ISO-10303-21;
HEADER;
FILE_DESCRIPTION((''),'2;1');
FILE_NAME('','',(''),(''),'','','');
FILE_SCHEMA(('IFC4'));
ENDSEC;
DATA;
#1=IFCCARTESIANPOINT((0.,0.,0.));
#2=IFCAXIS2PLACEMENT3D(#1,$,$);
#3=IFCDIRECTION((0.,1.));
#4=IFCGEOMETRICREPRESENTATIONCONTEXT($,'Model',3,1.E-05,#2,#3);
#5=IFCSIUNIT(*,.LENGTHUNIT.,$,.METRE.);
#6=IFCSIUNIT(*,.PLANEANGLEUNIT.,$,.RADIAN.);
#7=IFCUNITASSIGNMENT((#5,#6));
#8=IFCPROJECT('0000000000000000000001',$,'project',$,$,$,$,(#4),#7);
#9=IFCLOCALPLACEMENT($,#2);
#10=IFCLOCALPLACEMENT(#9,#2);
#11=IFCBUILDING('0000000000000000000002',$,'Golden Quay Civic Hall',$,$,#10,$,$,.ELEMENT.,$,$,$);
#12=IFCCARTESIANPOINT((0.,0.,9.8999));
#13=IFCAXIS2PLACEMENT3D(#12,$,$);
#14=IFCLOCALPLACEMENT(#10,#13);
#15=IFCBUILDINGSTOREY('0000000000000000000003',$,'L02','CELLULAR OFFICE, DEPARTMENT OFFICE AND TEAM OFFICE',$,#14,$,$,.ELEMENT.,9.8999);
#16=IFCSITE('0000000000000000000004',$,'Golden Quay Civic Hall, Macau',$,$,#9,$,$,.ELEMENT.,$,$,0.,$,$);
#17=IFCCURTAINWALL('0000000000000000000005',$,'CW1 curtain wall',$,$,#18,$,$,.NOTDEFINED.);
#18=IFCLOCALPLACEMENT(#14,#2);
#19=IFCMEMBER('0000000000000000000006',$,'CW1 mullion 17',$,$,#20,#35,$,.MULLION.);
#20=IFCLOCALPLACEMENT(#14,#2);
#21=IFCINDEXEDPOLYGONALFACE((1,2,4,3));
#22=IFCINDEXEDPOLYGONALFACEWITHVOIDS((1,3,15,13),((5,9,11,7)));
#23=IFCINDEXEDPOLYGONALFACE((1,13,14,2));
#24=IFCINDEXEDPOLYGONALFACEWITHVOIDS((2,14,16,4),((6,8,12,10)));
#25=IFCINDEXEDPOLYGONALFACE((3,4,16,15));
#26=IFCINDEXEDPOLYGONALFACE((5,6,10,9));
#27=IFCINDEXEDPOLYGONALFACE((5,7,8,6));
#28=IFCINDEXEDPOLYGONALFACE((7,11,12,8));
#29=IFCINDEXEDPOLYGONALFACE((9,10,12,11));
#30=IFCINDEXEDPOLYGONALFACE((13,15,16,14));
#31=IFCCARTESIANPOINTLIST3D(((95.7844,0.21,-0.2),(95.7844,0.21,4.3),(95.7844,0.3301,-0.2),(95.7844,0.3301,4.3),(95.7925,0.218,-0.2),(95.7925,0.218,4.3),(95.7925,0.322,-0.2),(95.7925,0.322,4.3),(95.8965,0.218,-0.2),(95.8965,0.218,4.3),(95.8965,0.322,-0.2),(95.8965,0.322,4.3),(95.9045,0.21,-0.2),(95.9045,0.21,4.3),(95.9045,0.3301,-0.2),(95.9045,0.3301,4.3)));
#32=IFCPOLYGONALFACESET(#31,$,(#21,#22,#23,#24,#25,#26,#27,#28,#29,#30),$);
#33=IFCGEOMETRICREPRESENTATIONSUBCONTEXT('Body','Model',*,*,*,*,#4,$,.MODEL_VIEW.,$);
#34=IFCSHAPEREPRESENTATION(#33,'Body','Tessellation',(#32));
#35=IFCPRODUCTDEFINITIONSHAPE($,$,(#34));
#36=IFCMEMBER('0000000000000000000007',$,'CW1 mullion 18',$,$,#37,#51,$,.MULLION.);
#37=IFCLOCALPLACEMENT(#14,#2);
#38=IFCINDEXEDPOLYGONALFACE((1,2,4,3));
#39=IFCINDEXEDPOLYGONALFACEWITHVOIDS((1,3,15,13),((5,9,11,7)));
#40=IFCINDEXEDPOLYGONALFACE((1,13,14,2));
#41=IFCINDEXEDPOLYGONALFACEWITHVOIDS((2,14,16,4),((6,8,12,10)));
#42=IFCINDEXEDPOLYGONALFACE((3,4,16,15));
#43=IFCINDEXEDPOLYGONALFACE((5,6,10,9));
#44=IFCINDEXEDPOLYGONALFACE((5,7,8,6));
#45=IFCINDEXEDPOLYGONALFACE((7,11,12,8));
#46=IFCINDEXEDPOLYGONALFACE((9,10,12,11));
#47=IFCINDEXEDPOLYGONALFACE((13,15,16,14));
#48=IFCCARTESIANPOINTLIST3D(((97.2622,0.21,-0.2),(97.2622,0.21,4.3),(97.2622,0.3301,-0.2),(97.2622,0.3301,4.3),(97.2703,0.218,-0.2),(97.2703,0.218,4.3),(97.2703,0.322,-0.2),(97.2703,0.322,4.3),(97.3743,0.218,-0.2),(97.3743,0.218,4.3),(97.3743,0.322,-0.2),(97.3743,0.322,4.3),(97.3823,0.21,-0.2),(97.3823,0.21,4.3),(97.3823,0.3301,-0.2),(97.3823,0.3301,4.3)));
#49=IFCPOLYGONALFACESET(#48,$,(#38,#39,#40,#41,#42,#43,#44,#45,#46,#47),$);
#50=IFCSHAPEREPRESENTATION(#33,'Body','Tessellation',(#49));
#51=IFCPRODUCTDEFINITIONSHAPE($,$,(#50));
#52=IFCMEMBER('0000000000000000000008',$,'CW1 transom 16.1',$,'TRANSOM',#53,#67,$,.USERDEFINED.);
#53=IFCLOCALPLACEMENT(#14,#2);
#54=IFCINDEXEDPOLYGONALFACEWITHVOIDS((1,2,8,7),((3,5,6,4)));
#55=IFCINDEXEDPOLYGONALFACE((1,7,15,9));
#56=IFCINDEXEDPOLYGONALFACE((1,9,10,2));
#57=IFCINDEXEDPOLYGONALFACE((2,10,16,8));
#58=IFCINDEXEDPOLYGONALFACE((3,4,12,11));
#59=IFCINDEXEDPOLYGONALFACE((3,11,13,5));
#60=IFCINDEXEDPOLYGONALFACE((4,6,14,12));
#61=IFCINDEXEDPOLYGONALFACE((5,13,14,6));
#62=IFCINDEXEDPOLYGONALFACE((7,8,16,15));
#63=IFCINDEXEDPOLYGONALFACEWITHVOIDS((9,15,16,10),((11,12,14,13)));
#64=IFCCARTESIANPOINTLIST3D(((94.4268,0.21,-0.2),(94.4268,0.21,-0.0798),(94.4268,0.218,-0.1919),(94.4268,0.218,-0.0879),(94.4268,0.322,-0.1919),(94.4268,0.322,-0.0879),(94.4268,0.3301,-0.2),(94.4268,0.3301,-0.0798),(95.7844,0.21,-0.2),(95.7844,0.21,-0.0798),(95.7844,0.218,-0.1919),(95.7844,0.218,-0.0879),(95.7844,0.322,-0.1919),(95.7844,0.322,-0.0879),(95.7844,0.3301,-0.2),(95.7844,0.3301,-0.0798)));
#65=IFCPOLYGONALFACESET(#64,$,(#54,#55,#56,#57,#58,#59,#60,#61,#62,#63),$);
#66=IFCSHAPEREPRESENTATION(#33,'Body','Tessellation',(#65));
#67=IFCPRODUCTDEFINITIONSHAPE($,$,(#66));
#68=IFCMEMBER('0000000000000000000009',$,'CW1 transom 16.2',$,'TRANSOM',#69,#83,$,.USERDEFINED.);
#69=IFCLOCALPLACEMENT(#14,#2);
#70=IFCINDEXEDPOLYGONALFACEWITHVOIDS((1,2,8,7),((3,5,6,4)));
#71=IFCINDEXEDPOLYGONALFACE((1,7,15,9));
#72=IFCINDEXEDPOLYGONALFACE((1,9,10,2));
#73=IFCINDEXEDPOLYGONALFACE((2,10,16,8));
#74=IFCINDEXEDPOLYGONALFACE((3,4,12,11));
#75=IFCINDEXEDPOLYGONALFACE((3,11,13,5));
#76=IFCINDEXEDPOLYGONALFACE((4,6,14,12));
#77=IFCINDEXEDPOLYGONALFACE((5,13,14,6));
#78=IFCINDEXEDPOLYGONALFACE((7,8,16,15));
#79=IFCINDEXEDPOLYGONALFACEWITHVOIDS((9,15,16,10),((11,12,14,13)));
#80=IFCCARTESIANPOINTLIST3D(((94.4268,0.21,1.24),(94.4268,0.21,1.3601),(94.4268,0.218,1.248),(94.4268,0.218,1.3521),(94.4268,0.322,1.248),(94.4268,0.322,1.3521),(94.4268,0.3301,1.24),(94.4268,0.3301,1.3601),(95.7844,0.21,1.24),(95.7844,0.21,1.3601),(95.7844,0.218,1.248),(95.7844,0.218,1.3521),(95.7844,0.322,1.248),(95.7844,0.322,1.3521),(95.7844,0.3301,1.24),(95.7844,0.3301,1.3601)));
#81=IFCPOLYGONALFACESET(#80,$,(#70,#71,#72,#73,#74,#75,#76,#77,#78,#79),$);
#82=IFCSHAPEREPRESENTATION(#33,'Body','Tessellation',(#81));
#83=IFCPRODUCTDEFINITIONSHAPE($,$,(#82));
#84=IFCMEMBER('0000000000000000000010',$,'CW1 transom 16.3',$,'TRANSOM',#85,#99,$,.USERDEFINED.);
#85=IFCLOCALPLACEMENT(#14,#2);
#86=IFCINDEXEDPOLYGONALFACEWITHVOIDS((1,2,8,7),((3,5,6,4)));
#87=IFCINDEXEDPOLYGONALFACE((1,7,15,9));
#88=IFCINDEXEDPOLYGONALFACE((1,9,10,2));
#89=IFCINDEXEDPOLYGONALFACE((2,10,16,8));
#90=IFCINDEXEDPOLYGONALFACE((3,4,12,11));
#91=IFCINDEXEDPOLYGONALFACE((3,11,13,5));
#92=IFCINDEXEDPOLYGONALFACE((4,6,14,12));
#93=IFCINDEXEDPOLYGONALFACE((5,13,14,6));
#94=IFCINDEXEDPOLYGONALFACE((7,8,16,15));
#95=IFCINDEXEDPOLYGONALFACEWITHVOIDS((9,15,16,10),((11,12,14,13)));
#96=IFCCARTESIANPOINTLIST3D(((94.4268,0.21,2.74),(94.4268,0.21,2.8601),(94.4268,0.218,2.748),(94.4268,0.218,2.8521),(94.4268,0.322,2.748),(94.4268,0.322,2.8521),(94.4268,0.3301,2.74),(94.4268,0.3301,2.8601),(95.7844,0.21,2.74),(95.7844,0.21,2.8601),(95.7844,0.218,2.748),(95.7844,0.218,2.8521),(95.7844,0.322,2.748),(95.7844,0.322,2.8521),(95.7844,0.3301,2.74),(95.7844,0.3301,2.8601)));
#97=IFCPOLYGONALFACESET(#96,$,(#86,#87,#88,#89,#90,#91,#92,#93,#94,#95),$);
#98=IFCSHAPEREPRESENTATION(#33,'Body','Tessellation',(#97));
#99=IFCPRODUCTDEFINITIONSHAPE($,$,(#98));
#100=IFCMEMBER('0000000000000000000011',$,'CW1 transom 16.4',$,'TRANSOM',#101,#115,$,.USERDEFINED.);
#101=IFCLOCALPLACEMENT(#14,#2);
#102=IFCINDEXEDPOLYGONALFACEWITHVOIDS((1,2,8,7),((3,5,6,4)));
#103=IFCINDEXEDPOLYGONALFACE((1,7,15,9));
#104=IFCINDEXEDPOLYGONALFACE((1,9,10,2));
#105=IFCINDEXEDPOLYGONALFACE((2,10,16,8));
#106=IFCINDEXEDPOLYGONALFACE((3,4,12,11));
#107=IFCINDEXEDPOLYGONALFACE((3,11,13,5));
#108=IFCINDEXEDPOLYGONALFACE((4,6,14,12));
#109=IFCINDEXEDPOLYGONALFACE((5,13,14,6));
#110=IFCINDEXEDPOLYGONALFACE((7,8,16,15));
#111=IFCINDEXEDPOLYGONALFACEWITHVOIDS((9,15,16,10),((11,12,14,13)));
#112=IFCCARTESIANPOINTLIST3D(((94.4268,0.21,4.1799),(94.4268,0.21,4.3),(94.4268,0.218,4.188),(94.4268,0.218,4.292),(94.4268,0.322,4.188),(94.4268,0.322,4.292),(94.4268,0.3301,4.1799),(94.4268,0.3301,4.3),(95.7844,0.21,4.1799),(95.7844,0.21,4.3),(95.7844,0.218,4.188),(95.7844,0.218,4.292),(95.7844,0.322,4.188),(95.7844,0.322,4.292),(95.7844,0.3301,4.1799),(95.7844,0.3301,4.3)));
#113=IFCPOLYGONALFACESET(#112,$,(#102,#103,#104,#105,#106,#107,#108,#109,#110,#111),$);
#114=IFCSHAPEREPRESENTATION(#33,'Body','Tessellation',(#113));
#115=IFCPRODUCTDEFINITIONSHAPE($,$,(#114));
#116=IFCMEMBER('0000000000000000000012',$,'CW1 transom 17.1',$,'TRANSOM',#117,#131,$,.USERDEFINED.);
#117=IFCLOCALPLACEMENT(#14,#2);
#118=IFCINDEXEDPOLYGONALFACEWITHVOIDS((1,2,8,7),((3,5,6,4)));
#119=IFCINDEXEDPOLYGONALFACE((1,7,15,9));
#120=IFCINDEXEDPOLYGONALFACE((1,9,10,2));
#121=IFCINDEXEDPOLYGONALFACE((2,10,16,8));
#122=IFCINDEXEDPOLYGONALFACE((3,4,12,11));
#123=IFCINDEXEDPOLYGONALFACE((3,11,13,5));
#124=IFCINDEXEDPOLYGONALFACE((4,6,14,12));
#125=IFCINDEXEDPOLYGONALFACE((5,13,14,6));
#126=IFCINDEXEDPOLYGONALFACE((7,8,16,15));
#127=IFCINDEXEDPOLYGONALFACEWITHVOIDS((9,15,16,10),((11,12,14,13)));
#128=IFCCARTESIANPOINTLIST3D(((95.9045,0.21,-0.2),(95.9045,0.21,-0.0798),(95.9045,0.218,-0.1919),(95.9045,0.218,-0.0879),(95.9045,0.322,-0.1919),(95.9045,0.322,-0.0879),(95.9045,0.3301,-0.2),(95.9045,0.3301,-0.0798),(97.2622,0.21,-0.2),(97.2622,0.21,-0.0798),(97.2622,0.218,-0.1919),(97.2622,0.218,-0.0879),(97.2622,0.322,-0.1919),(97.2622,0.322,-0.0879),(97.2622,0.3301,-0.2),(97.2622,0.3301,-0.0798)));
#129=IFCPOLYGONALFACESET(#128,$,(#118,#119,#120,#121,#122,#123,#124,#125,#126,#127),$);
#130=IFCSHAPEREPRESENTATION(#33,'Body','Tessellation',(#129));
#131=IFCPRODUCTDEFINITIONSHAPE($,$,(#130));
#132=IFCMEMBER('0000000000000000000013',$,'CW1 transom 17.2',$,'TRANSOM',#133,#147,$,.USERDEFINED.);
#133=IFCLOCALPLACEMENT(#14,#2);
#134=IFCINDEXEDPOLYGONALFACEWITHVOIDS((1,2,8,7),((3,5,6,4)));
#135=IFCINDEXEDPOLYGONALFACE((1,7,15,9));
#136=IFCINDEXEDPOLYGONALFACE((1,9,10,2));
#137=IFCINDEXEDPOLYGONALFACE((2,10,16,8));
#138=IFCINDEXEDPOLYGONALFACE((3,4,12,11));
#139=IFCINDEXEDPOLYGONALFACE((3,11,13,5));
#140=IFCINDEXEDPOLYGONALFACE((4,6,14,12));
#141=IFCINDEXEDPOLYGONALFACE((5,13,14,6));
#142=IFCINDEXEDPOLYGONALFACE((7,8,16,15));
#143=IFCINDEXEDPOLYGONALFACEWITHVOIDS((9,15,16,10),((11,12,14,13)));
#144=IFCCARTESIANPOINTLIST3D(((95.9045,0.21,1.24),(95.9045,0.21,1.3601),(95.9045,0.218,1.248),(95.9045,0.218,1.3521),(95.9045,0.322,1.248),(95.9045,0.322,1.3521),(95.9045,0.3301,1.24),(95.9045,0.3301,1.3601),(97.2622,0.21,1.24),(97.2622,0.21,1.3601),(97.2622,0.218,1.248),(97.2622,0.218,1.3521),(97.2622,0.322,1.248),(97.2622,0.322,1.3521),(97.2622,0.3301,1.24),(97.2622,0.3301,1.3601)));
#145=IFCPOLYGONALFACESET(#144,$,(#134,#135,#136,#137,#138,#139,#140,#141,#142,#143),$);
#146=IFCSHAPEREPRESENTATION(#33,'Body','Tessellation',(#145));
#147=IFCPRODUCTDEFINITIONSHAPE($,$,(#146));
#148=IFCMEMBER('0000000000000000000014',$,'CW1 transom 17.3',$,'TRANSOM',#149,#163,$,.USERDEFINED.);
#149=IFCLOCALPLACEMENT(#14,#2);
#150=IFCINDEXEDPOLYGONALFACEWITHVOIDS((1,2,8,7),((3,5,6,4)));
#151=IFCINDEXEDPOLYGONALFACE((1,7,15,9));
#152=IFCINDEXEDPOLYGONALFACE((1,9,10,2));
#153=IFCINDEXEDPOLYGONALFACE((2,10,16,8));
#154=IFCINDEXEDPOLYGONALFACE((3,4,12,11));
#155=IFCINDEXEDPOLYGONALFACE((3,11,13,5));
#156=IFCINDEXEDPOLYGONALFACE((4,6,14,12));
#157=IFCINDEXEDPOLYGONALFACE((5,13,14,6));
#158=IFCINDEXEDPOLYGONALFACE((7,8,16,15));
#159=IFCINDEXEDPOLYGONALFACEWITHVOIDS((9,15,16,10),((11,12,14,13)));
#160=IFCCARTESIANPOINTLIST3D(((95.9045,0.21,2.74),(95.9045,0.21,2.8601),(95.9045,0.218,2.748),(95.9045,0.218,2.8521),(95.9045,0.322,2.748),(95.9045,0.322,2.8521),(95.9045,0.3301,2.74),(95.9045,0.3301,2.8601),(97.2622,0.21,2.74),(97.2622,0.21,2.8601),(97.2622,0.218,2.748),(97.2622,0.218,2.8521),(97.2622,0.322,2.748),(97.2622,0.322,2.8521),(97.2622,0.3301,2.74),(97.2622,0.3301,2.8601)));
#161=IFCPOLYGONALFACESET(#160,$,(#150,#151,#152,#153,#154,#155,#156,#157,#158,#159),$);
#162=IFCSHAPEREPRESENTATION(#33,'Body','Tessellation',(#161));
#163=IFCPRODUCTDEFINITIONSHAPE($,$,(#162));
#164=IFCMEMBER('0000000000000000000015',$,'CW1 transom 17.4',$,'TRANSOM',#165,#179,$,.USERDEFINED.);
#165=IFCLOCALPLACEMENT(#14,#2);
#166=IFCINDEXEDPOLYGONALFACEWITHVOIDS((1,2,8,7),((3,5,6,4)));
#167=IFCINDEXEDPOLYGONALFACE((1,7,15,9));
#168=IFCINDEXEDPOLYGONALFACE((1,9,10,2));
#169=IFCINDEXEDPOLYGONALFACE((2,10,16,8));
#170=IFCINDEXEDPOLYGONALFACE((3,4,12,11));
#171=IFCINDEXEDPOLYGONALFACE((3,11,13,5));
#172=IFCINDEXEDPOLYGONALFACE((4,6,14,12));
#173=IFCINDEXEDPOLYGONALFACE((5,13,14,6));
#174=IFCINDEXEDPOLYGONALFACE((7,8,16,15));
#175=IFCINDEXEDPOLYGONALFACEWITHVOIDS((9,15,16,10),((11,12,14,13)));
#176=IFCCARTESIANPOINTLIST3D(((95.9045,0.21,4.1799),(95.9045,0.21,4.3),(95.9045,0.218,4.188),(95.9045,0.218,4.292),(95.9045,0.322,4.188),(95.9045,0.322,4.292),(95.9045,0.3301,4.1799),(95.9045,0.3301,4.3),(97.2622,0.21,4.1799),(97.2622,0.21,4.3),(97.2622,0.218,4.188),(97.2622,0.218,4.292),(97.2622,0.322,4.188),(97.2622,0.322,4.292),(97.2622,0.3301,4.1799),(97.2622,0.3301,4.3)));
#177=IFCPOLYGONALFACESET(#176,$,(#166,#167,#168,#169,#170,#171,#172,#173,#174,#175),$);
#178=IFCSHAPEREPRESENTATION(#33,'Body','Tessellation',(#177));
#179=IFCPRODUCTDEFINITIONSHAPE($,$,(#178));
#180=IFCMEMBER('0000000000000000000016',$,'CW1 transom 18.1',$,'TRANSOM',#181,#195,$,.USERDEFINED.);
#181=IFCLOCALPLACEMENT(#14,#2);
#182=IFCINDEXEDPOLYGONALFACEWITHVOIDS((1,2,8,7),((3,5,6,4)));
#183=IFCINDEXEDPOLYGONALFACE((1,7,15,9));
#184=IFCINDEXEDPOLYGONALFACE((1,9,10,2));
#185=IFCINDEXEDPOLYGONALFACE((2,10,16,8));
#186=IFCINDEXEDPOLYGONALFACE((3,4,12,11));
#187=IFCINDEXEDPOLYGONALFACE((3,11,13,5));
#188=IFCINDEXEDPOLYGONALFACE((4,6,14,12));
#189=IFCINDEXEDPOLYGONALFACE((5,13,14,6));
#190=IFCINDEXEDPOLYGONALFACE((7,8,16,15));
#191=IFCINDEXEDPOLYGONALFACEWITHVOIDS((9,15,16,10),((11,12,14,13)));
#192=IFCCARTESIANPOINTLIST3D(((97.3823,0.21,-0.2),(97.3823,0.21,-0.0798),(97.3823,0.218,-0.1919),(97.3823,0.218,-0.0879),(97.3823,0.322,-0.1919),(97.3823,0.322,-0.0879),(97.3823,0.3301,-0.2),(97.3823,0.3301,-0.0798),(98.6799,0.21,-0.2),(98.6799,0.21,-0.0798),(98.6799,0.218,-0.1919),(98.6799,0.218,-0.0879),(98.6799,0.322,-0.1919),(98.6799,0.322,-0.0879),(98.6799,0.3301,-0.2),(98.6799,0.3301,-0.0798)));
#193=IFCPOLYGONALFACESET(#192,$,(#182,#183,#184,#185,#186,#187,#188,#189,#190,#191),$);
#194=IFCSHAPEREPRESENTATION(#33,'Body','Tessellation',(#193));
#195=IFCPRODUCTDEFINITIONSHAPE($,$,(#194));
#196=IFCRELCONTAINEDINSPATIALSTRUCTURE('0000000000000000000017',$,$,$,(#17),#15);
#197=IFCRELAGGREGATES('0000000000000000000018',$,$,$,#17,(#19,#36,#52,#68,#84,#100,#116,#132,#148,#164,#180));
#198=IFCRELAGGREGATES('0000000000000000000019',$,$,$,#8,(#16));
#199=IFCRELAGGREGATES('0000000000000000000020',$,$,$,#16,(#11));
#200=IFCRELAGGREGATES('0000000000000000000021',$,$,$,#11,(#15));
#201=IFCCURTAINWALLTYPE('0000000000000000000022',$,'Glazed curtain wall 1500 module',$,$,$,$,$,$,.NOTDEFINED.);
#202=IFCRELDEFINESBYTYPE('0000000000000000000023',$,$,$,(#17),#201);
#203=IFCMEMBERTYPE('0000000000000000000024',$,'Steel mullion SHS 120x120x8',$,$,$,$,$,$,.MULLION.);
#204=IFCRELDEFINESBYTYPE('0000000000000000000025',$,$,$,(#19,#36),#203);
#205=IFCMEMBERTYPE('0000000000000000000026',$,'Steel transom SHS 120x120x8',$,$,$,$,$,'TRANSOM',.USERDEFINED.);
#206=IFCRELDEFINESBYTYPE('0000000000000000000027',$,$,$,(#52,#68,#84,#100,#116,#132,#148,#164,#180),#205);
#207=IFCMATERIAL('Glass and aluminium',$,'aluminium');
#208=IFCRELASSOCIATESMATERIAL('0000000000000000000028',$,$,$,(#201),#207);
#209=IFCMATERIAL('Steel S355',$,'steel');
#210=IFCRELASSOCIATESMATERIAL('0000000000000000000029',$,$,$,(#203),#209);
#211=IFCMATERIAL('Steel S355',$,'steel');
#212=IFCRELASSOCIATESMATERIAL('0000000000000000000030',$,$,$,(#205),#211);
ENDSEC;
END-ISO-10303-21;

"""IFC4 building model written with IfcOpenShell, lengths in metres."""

from ifc_helpers import new_model, si_unit, direction, frame, origin, origin_2d, place, context, subcontext, project, spatial, hollow_rectangle, extrude, material, material_profile, profile_set, type_object, element, aggregate, save


model = new_model("IFC4")

# Units and contexts
model_context = context("Model", 3, precision=1e-05, world=origin(), true_north=direction((0.0, 1.0)))
body_context = subcontext(model_context, "Body", "Model", "MODEL_VIEW")
ifc_project = project(units=[si_unit("LENGTHUNIT", "METRE"), si_unit("PLANEANGLEUNIT", "RADIAN")], contexts=[model_context])

# Site, building, storey
site_placement = place(None, origin())
site = spatial("IfcSite", under=ifc_project, at=site_placement, Name="Golden Quay Civic Hall, Macau", CompositionType="ELEMENT", RefElevation=0.0)
building_placement = place(site_placement, origin())
building = spatial("IfcBuilding", under=site, at=building_placement, Name="Golden Quay Civic Hall", CompositionType="ELEMENT")
storey_placement = place(building_placement, frame((0.0, 0.0, 9.8999)))
storey = spatial("IfcBuildingStorey", under=building, at=storey_placement, Name="L02", Description="CELLULAR OFFICE, DEPARTMENT OFFICE AND TEAM OFFICE", CompositionType="ELEMENT", Elevation=9.8999)

# Curtain wall, members
ifc_material_1 = material(Name="Glass and aluminium", Category="aluminium")
curtain_wall_type = type_object("IfcCurtainWallType", Name="Glazed curtain wall 1500 module", PredefinedType="NOTDEFINED", material=ifc_material_1)
curtain_wall_placement = place(storey_placement, origin())
curtain_wall = element("IfcCurtainWall", 1, at=curtain_wall_placement, inside=storey, type_object=curtain_wall_type, Name="CW1 curtain wall", PredefinedType="NOTDEFINED")
ifc_material_2 = material(Name="Steel S355", Category="steel")
ifc_material_profile_1 = material_profile(ifc_material_2, hollow_rectangle(XDim=0.1201, YDim=0.1201, WallThickness=0.0081, at=origin_2d()), Name="SHS 120x120x8")
ifc_profile_set_1 = profile_set([ifc_material_profile_1], Name="Steel S355")
member_type_1 = type_object("IfcMemberType", Name="Steel mullion SHS 120x120x8", PredefinedType="MULLION", material=ifc_profile_set_1)
member_1_placement = place(storey_placement, frame((95.8445, 0.27, -0.2), z_axis=(0.0, 0.0, 1.0), x_axis=(0.0, 1.0, 0.0)))
member_1 = element("IfcMember", 2, at=member_1_placement, type_object=member_type_1, Name="CW1 mullion 17", PredefinedType="MULLION", context=body_context, shape_type="SweptSolid", body=[
    extrude(hollow_rectangle(XDim=0.1201, YDim=0.1201, WallThickness=0.0081, at=origin_2d()), origin(), (0.0, 0.0, 1.0), 4.5),
])
member_2_placement = place(storey_placement, frame((97.3223, 0.27, -0.2), z_axis=(0.0, 0.0, 1.0), x_axis=(0.0, 1.0, 0.0)))
member_2 = element("IfcMember", 3, at=member_2_placement, type_object=member_type_1, Name="CW1 mullion 18", PredefinedType="MULLION", context=body_context, shape_type="SweptSolid", body=[
    extrude(hollow_rectangle(XDim=0.1201, YDim=0.1201, WallThickness=0.0081, at=origin_2d()), origin(), (0.0, 0.0, 1.0), 4.5),
])
ifc_material_3 = material(Name="Steel S355", Category="steel")
ifc_material_profile_2 = material_profile(ifc_material_3, hollow_rectangle(XDim=0.1201, YDim=0.1201, WallThickness=0.0081, at=origin_2d()), Name="SHS 120x120x8")
ifc_profile_set_2 = profile_set([ifc_material_profile_2], Name="Steel S355")
member_type_2 = type_object("IfcMemberType", Name="Steel transom SHS 120x120x8", ElementType="TRANSOM", PredefinedType="USERDEFINED", material=ifc_profile_set_2)
member_3_placement = place(storey_placement, frame((94.4268, 0.27, -0.1399), z_axis=(1.0, 0.0, 0.0), x_axis=(0.0, 1.0, 0.0)))
member_3 = element("IfcMember", 4, at=member_3_placement, type_object=member_type_2, Name="CW1 transom 16.1", ObjectType="TRANSOM", PredefinedType="USERDEFINED", context=body_context, shape_type="SweptSolid", body=[
    extrude(hollow_rectangle(XDim=0.1201, YDim=0.1201, WallThickness=0.0081, at=origin_2d()), origin(), (0.0, 0.0, 1.0), 1.3577),
])
member_4_placement = place(storey_placement, frame((94.4268, 0.27, 1.3), z_axis=(1.0, 0.0, 0.0), x_axis=(0.0, 1.0, 0.0)))
member_4 = element("IfcMember", 5, at=member_4_placement, type_object=member_type_2, Name="CW1 transom 16.2", ObjectType="TRANSOM", PredefinedType="USERDEFINED", context=body_context, shape_type="SweptSolid", body=[
    extrude(hollow_rectangle(XDim=0.1201, YDim=0.1201, WallThickness=0.0081, at=origin_2d()), origin(), (0.0, 0.0, 1.0), 1.3577),
])
member_5_placement = place(storey_placement, frame((94.4268, 0.27, 2.8), z_axis=(1.0, 0.0, 0.0), x_axis=(0.0, 1.0, 0.0)))
member_5 = element("IfcMember", 6, at=member_5_placement, type_object=member_type_2, Name="CW1 transom 16.3", ObjectType="TRANSOM", PredefinedType="USERDEFINED", context=body_context, shape_type="SweptSolid", body=[
    extrude(hollow_rectangle(XDim=0.1201, YDim=0.1201, WallThickness=0.0081, at=origin_2d()), origin(), (0.0, 0.0, 1.0), 1.3577),
])
member_6_placement = place(storey_placement, frame((94.4268, 0.27, 4.24), z_axis=(1.0, 0.0, 0.0), x_axis=(0.0, 1.0, 0.0)))
member_6 = element("IfcMember", 7, at=member_6_placement, type_object=member_type_2, Name="CW1 transom 16.4", ObjectType="TRANSOM", PredefinedType="USERDEFINED", context=body_context, shape_type="SweptSolid", body=[
    extrude(hollow_rectangle(XDim=0.1201, YDim=0.1201, WallThickness=0.0081, at=origin_2d()), origin(), (0.0, 0.0, 1.0), 1.3577),
])
member_7_placement = place(storey_placement, frame((95.9045, 0.27, -0.1399), z_axis=(1.0, 0.0, 0.0), x_axis=(0.0, 1.0, 0.0)))
member_7 = element("IfcMember", 8, at=member_7_placement, type_object=member_type_2, Name="CW1 transom 17.1", ObjectType="TRANSOM", PredefinedType="USERDEFINED", context=body_context, shape_type="SweptSolid", body=[
    extrude(hollow_rectangle(XDim=0.1201, YDim=0.1201, WallThickness=0.0081, at=origin_2d()), origin(), (0.0, 0.0, 1.0), 1.3577),
])
member_8_placement = place(storey_placement, frame((95.9045, 0.27, 1.3), z_axis=(1.0, 0.0, 0.0), x_axis=(0.0, 1.0, 0.0)))
member_8 = element("IfcMember", 9, at=member_8_placement, type_object=member_type_2, Name="CW1 transom 17.2", ObjectType="TRANSOM", PredefinedType="USERDEFINED", context=body_context, shape_type="SweptSolid", body=[
    extrude(hollow_rectangle(XDim=0.1201, YDim=0.1201, WallThickness=0.0081, at=origin_2d()), origin(), (0.0, 0.0, 1.0), 1.3577),
])
member_9_placement = place(storey_placement, frame((95.9045, 0.27, 2.8), z_axis=(1.0, 0.0, 0.0), x_axis=(0.0, 1.0, 0.0)))
member_9 = element("IfcMember", 10, at=member_9_placement, type_object=member_type_2, Name="CW1 transom 17.3", ObjectType="TRANSOM", PredefinedType="USERDEFINED", context=body_context, shape_type="SweptSolid", body=[
    extrude(hollow_rectangle(XDim=0.1201, YDim=0.1201, WallThickness=0.0081, at=origin_2d()), origin(), (0.0, 0.0, 1.0), 1.3577),
])
member_10_placement = place(storey_placement, frame((95.9045, 0.27, 4.24), z_axis=(1.0, 0.0, 0.0), x_axis=(0.0, 1.0, 0.0)))
member_10 = element("IfcMember", 11, at=member_10_placement, type_object=member_type_2, Name="CW1 transom 17.4", ObjectType="TRANSOM", PredefinedType="USERDEFINED", context=body_context, shape_type="SweptSolid", body=[
    extrude(hollow_rectangle(XDim=0.1201, YDim=0.1201, WallThickness=0.0081, at=origin_2d()), origin(), (0.0, 0.0, 1.0), 1.3577),
])
member_11_placement = place(storey_placement, frame((97.3823, 0.27, -0.1399), z_axis=(1.0, 0.0, 0.0), x_axis=(0.0, 1.0, 0.0)))
member_11 = element("IfcMember", 12, at=member_11_placement, type_object=member_type_2, Name="CW1 transom 18.1", ObjectType="TRANSOM", PredefinedType="USERDEFINED", context=body_context, shape_type="SweptSolid", body=[
    extrude(hollow_rectangle(XDim=0.1201, YDim=0.1201, WallThickness=0.0081, at=origin_2d()), origin(), (0.0, 0.0, 1.0), 1.2976),
])
aggregate(curtain_wall, [member_1, member_2, member_3, member_4, member_5, member_6, member_7, member_8, member_9, member_10, member_11])

save(model, "model.ifc")
